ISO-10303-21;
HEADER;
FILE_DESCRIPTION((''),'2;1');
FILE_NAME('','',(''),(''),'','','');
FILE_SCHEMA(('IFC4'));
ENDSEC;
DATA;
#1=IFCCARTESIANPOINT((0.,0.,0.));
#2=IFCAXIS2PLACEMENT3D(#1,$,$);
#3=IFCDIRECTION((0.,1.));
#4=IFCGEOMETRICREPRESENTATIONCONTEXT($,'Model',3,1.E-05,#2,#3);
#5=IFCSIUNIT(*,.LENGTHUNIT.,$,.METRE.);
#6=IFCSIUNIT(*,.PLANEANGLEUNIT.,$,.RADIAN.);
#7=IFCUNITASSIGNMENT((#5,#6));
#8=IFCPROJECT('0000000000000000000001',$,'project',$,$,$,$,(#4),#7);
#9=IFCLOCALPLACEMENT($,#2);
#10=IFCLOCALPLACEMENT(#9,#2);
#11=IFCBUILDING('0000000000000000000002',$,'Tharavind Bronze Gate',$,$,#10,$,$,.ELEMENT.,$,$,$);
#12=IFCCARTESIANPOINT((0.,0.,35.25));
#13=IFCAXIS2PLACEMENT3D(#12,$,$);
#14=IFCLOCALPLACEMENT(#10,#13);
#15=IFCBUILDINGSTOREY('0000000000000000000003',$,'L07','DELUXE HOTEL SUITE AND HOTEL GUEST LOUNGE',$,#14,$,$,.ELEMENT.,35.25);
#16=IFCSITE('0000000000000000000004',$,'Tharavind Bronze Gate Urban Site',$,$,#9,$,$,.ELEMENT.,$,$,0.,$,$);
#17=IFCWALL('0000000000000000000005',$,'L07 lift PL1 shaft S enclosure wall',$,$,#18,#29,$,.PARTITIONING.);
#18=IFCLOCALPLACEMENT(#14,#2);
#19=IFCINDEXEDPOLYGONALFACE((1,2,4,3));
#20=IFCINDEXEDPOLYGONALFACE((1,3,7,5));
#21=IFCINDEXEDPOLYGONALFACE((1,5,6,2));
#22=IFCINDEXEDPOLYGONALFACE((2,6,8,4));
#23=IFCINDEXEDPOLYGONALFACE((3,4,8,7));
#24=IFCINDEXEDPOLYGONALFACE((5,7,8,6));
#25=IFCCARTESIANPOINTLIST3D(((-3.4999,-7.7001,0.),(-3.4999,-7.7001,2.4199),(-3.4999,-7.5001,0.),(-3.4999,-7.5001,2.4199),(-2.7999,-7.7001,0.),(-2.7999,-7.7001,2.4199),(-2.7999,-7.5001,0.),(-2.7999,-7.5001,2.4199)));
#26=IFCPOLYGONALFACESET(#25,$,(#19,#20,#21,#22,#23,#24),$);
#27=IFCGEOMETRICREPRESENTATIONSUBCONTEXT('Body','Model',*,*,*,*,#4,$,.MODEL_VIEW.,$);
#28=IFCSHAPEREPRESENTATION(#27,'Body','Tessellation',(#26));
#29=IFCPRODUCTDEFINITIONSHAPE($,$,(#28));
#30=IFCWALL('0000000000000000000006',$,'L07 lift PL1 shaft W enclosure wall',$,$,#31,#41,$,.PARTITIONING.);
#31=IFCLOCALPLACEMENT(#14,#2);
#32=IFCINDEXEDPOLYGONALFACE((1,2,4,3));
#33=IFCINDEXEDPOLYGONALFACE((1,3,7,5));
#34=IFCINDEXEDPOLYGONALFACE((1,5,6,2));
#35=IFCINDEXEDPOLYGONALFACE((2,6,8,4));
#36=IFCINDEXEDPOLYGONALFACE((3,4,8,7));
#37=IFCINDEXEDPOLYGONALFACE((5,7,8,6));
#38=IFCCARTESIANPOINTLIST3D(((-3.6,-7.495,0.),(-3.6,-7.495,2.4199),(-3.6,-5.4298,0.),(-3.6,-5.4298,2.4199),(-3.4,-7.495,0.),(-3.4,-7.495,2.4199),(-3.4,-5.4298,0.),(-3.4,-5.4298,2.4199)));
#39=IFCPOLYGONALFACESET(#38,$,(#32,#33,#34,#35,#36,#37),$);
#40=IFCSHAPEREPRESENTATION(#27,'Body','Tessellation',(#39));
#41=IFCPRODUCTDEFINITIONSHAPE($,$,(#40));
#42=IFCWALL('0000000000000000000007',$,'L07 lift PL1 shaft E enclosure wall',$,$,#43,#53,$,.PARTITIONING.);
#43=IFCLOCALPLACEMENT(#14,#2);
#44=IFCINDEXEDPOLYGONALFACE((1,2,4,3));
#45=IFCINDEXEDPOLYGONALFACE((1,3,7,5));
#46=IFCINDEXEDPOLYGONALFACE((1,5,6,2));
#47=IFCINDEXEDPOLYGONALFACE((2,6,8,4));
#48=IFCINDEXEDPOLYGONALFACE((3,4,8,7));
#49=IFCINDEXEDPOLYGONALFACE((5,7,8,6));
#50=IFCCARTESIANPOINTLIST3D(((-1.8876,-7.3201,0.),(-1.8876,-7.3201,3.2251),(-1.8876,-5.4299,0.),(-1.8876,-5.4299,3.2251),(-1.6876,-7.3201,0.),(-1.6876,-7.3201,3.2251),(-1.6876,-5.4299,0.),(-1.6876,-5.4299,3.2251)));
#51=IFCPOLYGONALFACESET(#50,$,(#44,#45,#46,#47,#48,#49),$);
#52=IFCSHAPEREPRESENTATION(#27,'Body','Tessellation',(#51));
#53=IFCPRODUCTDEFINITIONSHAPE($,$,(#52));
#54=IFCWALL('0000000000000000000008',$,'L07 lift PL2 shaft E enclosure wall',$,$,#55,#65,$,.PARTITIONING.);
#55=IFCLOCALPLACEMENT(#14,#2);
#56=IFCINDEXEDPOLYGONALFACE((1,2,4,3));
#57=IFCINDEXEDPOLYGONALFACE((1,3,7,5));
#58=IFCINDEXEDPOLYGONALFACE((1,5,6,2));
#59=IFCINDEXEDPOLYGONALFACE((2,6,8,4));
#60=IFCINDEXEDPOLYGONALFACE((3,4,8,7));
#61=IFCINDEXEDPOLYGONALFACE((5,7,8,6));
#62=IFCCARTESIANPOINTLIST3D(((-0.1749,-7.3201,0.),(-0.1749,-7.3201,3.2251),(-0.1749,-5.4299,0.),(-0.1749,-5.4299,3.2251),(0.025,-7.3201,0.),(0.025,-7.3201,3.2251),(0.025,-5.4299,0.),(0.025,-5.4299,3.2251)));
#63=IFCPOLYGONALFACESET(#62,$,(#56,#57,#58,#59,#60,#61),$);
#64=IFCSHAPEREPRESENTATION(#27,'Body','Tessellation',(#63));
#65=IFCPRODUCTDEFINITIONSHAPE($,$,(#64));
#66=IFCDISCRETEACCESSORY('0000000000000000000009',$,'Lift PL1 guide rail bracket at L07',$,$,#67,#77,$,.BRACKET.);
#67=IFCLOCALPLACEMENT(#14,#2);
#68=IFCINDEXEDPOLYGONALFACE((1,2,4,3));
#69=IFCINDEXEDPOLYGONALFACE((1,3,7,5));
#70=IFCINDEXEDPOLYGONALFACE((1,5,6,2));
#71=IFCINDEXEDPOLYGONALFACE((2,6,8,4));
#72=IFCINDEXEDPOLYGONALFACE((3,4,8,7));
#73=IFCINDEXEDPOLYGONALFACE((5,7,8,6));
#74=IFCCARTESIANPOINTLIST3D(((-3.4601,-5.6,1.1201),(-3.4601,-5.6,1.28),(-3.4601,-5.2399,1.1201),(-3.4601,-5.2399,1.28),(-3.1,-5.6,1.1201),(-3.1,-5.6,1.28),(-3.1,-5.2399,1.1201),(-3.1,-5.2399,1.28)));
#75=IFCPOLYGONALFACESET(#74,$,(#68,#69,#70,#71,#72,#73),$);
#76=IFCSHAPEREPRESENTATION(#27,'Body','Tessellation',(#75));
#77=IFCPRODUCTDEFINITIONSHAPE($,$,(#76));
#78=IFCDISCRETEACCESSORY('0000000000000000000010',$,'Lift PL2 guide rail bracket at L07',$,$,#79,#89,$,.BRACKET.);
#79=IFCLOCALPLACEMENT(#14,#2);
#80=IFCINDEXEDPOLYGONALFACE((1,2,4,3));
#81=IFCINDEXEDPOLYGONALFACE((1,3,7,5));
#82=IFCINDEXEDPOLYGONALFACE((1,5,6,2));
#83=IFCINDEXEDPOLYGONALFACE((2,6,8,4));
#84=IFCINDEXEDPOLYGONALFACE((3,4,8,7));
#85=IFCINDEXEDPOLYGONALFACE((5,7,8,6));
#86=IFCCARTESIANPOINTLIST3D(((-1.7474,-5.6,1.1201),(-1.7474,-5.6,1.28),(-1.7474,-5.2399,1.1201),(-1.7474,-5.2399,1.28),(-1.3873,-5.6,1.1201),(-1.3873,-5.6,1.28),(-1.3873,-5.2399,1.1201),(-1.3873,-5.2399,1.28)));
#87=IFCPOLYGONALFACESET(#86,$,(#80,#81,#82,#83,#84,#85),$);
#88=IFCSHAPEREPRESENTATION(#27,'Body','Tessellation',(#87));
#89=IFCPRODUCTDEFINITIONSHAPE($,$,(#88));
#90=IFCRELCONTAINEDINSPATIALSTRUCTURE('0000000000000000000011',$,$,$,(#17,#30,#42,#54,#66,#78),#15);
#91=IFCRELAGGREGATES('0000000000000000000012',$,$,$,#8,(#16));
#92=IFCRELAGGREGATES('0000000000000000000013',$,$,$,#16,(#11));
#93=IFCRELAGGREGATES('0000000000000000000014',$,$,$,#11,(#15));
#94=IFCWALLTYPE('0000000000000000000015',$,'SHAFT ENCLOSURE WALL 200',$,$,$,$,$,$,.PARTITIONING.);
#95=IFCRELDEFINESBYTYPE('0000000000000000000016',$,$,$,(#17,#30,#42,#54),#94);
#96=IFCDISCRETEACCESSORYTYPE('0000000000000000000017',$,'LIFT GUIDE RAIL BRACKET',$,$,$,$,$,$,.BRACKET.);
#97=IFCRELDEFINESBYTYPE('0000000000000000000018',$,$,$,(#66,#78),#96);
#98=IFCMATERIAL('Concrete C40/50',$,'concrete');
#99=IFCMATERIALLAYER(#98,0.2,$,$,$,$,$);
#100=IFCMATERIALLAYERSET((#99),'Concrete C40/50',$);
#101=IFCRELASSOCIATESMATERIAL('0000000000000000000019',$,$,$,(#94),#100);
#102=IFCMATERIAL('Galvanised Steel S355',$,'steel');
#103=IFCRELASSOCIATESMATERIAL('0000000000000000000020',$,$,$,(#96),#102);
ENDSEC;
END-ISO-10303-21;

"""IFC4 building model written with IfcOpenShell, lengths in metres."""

from ifc_helpers import new_model, si_unit, direction, frame, frame_2d, origin, origin_2d, place, context, subcontext, project, spatial, rectangle, extrude, material, layer, layer_set, type_object, element, save


model = new_model("IFC4")

# Units and contexts
model_context = context("Model", 3, precision=1e-05, world=origin(), true_north=direction((0.0, 1.0)))
body_context = subcontext(model_context, "Body", "Model", "MODEL_VIEW")
ifc_project = project(units=[si_unit("LENGTHUNIT", "METRE"), si_unit("PLANEANGLEUNIT", "RADIAN")], contexts=[model_context])

# Site, building, storey
site_placement = place(None, origin())
site = spatial("IfcSite", under=ifc_project, at=site_placement, Name="Tharavind Bronze Gate Urban Site", CompositionType="ELEMENT", RefElevation=0.0)
building_placement = place(site_placement, origin())
building = spatial("IfcBuilding", under=site, at=building_placement, Name="Tharavind Bronze Gate", CompositionType="ELEMENT")
storey_placement = place(building_placement, frame((0.0, 0.0, 35.25)))
storey = spatial("IfcBuildingStorey", under=building, at=storey_placement, Name="L07", Description="DELUXE HOTEL SUITE AND HOTEL GUEST LOUNGE", CompositionType="ELEMENT", Elevation=35.25)

# Walls
ifc_material_1 = material(Name="Concrete C40/50", Category="concrete")
ifc_layer_1 = layer(ifc_material_1, 0.2)
ifc_layer_set_1 = layer_set([ifc_layer_1], Name="Concrete C40/50")
wall_type_1 = type_object("IfcWallType", Name="SHAFT ENCLOSURE WALL 200", PredefinedType="PARTITIONING", material=ifc_layer_set_1)
wall_1_placement = place(storey_placement, frame((-3.5, -7.6001, 0.0), z_axis=(0.0, 0.0, 1.0), x_axis=(1.0, 0.0, 0.0)))
element("IfcWall", 1, at=wall_1_placement, inside=storey, type_object=wall_type_1, Name="L07 lift PL1 shaft S enclosure wall", PredefinedType="PARTITIONING", context=body_context, shape_type="SweptSolid", body=[
    extrude(rectangle(XDim=0.7, YDim=0.2, at=frame_2d((0.3501, 0.0))), origin(), (0.0, 0.0, 1.0), 2.4199),
])
wall_2_placement = place(storey_placement, frame((-3.5, -7.4951, 0.0), z_axis=(0.0, 0.0, 1.0), x_axis=(0.0, 1.0, 0.0)))
element("IfcWall", 2, at=wall_2_placement, inside=storey, type_object=wall_type_1, Name="L07 lift PL1 shaft W enclosure wall", PredefinedType="PARTITIONING", context=body_context, shape_type="SweptSolid", body=[
    extrude(rectangle(XDim=2.0652, YDim=0.2, at=frame_2d((1.0327, 0.0))), origin(), (0.0, 0.0, 1.0), 2.4199),
])
for number, where, z_axis, x_axis, name in (
    (3, (-1.7876, -7.3201, 0.0), (0.0, 0.0, 1.0), (0.0, 1.0, 0.0), "L07 lift PL1 shaft E enclosure wall"),
    (4, (-0.075, -7.3201, 0.0), (0.0, 0.0, 1.0), (0.0, 1.0, 0.0), "L07 lift PL2 shaft E enclosure wall"),
):
    element("IfcWall", number, at=place(storey_placement, frame(where, z_axis=z_axis, x_axis=x_axis)), inside=storey, type_object=wall_type_1, Name=name, PredefinedType="PARTITIONING", context=body_context, shape_type="SweptSolid", body=[
        extrude(rectangle(XDim=1.8901, YDim=0.2, at=frame_2d((0.9451, 0.0))), origin(), (0.0, 0.0, 1.0), 3.2251),
    ])

# Discrete accessories
ifc_material_2 = material(Name="Galvanised Steel S355", Category="steel")
discrete_accessory_type = type_object("IfcDiscreteAccessoryType", Name="LIFT GUIDE RAIL BRACKET", PredefinedType="BRACKET", material=ifc_material_2)
for number, where, z_axis, x_axis, name in (
    (5, (-3.28, -5.4199, 1.1201), (0.0, 0.0, 1.0), (1.0, 0.0, 0.0), "Lift PL1 guide rail bracket at L07"),
    (6, (-1.5674, -5.4199, 1.1201), (0.0, 0.0, 1.0), (1.0, 0.0, 0.0), "Lift PL2 guide rail bracket at L07"),
):
    element("IfcDiscreteAccessory", number, at=place(storey_placement, frame(where, z_axis=z_axis, x_axis=x_axis)), inside=storey, type_object=discrete_accessory_type, Name=name, PredefinedType="BRACKET", context=body_context, shape_type="SweptSolid", body=[
        extrude(rectangle(XDim=0.3601, YDim=0.3601, at=origin_2d()), origin(), (0.0, 0.0, 1.0), 0.1599),
    ])

save(model, "model.ifc")
